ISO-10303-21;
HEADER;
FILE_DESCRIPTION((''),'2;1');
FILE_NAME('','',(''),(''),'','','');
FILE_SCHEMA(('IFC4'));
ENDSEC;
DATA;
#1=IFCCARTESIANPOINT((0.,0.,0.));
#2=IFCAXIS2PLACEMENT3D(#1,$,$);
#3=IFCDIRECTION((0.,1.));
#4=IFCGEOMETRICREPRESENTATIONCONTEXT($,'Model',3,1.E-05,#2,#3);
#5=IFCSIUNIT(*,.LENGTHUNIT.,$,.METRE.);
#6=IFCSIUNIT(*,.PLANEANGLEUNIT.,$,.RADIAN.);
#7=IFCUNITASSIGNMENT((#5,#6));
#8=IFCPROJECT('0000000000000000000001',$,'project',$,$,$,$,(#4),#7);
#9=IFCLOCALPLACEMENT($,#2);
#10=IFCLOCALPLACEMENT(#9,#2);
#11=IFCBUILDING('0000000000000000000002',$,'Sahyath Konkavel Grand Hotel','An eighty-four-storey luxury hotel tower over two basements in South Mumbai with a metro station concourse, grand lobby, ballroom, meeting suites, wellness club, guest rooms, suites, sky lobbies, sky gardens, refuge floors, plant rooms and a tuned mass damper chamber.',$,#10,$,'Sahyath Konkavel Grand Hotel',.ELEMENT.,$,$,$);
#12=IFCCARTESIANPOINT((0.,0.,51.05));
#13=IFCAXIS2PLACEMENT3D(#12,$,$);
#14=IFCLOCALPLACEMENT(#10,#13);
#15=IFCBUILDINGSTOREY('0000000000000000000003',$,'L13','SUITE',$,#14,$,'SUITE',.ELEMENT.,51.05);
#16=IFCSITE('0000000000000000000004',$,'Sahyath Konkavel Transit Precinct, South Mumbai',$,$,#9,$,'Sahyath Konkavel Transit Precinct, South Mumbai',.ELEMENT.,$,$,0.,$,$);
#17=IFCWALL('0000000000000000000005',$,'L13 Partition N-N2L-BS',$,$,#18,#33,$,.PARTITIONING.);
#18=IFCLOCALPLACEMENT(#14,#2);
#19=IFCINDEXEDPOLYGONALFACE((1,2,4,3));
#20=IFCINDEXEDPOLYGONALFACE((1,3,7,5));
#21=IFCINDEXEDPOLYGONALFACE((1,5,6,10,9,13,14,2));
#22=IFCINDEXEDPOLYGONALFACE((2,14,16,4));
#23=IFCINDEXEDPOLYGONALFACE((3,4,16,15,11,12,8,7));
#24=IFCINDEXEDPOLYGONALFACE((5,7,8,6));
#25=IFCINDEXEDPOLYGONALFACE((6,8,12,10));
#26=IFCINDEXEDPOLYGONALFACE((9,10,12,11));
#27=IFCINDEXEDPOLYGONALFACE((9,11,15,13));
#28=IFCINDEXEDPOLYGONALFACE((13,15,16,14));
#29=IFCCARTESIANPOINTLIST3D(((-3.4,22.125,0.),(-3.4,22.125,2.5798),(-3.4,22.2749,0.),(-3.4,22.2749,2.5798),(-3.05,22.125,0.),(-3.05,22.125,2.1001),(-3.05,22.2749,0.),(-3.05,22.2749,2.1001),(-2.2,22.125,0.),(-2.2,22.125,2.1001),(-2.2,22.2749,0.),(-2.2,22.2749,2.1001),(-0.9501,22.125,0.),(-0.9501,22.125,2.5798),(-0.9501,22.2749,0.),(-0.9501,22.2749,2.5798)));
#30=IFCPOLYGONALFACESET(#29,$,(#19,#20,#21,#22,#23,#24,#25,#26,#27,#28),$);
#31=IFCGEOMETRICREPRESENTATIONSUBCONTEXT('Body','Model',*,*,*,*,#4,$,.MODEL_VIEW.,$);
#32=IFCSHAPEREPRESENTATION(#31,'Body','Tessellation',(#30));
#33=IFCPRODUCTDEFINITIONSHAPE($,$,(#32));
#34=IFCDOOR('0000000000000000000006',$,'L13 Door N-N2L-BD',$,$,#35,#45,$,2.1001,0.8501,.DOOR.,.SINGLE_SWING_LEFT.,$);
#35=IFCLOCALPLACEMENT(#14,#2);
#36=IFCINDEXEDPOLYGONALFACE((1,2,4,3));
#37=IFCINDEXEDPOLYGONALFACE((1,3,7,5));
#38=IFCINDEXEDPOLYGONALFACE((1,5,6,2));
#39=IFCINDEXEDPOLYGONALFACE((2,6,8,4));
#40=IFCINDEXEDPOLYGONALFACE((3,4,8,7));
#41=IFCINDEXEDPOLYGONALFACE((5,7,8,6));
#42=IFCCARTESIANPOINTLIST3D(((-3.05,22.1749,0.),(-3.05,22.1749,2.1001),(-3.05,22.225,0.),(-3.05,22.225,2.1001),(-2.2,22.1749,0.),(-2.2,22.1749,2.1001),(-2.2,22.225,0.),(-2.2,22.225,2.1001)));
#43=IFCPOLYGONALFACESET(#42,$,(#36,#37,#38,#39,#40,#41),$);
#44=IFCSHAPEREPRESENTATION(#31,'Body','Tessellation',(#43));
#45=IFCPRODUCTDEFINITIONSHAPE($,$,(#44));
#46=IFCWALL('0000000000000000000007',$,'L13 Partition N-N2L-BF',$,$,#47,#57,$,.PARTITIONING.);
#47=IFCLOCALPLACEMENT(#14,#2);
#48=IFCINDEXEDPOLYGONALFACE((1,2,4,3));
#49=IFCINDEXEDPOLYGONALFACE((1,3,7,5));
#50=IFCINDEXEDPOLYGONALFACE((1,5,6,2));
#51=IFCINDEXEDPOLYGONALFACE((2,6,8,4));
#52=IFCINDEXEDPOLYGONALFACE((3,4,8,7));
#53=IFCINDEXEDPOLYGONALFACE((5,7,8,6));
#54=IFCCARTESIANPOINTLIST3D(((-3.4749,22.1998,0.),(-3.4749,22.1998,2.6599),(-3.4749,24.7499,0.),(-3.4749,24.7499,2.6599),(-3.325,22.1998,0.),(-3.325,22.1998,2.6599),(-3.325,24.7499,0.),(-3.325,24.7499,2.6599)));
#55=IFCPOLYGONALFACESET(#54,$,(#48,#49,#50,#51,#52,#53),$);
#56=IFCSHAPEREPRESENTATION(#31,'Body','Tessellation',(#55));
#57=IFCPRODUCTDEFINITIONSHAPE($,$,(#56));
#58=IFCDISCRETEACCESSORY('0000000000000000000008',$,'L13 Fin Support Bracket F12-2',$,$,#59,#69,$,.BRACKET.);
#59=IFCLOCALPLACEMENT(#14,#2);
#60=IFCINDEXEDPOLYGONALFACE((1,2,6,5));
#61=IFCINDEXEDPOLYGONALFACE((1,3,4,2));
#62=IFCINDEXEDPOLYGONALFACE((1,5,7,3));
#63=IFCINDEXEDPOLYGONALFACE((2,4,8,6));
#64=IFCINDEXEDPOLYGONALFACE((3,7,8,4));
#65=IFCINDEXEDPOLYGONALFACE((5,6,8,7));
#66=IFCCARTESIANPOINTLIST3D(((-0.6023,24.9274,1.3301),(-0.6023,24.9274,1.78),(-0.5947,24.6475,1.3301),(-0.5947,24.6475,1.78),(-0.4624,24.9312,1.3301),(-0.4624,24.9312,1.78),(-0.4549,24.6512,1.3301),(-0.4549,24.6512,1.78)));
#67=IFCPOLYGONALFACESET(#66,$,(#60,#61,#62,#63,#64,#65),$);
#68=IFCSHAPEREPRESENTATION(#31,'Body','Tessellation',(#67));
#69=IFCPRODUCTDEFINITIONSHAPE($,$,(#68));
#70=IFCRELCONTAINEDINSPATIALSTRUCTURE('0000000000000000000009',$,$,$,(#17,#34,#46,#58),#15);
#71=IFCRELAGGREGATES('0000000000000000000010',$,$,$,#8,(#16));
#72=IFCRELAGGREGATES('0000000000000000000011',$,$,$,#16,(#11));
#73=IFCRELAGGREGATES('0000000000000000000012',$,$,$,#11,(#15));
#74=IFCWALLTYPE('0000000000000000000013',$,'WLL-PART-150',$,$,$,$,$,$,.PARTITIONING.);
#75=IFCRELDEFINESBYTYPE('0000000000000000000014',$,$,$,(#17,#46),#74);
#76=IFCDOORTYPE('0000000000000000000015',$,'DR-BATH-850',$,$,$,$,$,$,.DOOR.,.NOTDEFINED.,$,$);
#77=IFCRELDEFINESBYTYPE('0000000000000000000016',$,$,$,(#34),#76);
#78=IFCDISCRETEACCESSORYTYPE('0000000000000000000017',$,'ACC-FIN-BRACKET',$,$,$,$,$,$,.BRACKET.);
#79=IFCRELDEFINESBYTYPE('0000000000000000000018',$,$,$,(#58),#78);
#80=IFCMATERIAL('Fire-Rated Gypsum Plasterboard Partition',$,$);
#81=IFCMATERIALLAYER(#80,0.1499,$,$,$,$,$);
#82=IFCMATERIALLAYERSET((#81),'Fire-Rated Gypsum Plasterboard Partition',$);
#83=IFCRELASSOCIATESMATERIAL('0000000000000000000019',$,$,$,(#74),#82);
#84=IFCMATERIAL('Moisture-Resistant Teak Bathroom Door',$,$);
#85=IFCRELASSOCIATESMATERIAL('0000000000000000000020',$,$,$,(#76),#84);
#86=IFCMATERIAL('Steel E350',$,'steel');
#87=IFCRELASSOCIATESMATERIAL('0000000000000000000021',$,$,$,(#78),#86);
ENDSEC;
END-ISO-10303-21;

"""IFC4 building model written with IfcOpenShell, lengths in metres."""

from ifc_helpers import new_model, si_unit, direction, frame, frame_2d, origin, origin_2d, place, context, subcontext, project, spatial, rectangle, extrude, source, transform, mapped, material, layer, layer_set, type_object, element, fill, save


model = new_model("IFC4")

# Units and contexts
model_context = context("Model", 3, precision=1e-05, world=origin(), true_north=direction((0.0, 1.0)))
body_context = subcontext(model_context, "Body", "Model", "MODEL_VIEW")
ifc_project = project(units=[si_unit("LENGTHUNIT", "METRE"), si_unit("PLANEANGLEUNIT", "RADIAN")], contexts=[model_context])

# Site, building, storey
site_placement = place(None, origin())
site = spatial("IfcSite", under=ifc_project, at=site_placement, Name="Sahyath Konkavel Transit Precinct, South Mumbai", LongName="Sahyath Konkavel Transit Precinct, South Mumbai", CompositionType="ELEMENT", RefElevation=0.0)
building_placement = place(site_placement, origin())
building = spatial("IfcBuilding", under=site, at=building_placement, Name="Sahyath Konkavel Grand Hotel", Description="An eighty-four-storey luxury hotel tower over two basements in South Mumbai with a metro station concourse, grand lobby, ballroom, meeting suites, wellness club, guest rooms, suites, sky lobbies, sky gardens, refuge floors, plant rooms and a tuned mass damper chamber.", LongName="Sahyath Konkavel Grand Hotel", CompositionType="ELEMENT")
storey_placement = place(building_placement, frame((0.0, 0.0, 51.05)))
storey = spatial("IfcBuildingStorey", under=building, at=storey_placement, Name="L13", Description="SUITE", LongName="SUITE", CompositionType="ELEMENT", Elevation=51.05)

# Shared definitions
ifc_material_1 = material(Name="Steel E350", Category="steel")

# Wall, opening, door
ifc_material_2 = material(Name="Fire-Rated Gypsum Plasterboard Partition")
ifc_layer_1 = layer(ifc_material_2, 0.1499)
ifc_layer_set_1 = layer_set([ifc_layer_1], Name="Fire-Rated Gypsum Plasterboard Partition")
wall_type_1 = type_object("IfcWallType", Name="WLL-PART-150", PredefinedType="PARTITIONING", material=ifc_layer_set_1)
wall_1_placement = place(storey_placement, frame((-0.95, 22.2, 0.0), z_axis=(0.0, 0.0, 1.0), x_axis=(-1.0, 0.0, 0.0)))
wall_1 = element("IfcWall", 1, at=wall_1_placement, inside=storey, type_object=wall_type_1, Name="L13 Partition N-N2L-BS", PredefinedType="PARTITIONING", context=body_context, shape_type="SweptSolid", body=[
    extrude(rectangle(XDim=2.45, YDim=0.1499, at=frame_2d((1.2251, 0.0))), origin(), (0.0, 0.0, 1.0), 2.5798),
])
opening_placement = place(wall_1_placement, frame((1.25, 0.0, 0.0)))
opening = element("IfcOpeningElement", 2, at=opening_placement, cuts=wall_1, PredefinedType="OPENING", context=body_context, shape_type="SweptSolid", body=[
    extrude(rectangle(XDim=0.8501, YDim=2.1001, at=frame_2d((0.425, 1.05))), frame((0.0, 0.085, 0.0), z_axis=(0.0, -1.0, 0.0), x_axis=(1.0, 0.0, 0.0)), (0.0, 0.0, 1.0), 0.1699),
])
ifc_material_3 = material(Name="Moisture-Resistant Teak Bathroom Door")
door_type = type_object("IfcDoorType", Name="DR-BATH-850", OperationType="NOTDEFINED", PredefinedType="DOOR", material=ifc_material_3)
shared_shape_1 = source(origin(), body_context, "Body", "SweptSolid", [
    extrude(rectangle(XDim=0.8501, YDim=0.05, at=origin_2d()), origin(), (0.0, 0.0, 1.0), 2.1001),
])
door_placement = place(opening_placement, frame((0.425, 0.0, 0.0)))
door = element("IfcDoor", 3, at=door_placement, inside=storey, type_object=door_type, Name="L13 Door N-N2L-BD", OperationType="SINGLE_SWING_LEFT", OverallHeight=2.1001, OverallWidth=0.8501, PredefinedType="DOOR", context=body_context, shape_type="MappedRepresentation", body=[
    mapped(shared_shape_1, transform((0.0, 0.0, 0.0), scale=1.0)),
])
fill(opening, door)

# Wall
wall_2_placement = place(storey_placement, frame((-3.3999, 22.2, 0.0), z_axis=(0.0, 0.0, 1.0), x_axis=(0.0, 1.0, 0.0)))
element("IfcWall", 4, at=wall_2_placement, inside=storey, type_object=wall_type_1, Name="L13 Partition N-N2L-BF", PredefinedType="PARTITIONING", context=body_context, shape_type="SweptSolid", body=[
    extrude(rectangle(XDim=2.55, YDim=0.1499, at=frame_2d((1.2749, 0.0))), origin(), (0.0, 0.0, 1.0), 2.6599),
])

# Discrete accessory
discrete_accessory_type = type_object("IfcDiscreteAccessoryType", Name="ACC-FIN-BRACKET", PredefinedType="BRACKET", material=ifc_material_1)
shared_shape_2 = source(origin(), body_context, "Body", "SweptSolid", [
    extrude(rectangle(XDim=0.28, YDim=0.1399, at=origin_2d()), origin(), (0.0, 0.0, 1.0), 0.45),
])
discrete_accessory_placement = place(storey_placement, frame((-0.5286, 24.7893, 1.3301), z_axis=(0.0, 0.0, 1.0), x_axis=(-0.02691, 0.999638, 0.0)))
element("IfcDiscreteAccessory", 5, at=discrete_accessory_placement, inside=storey, type_object=discrete_accessory_type, Name="L13 Fin Support Bracket F12-2", PredefinedType="BRACKET", context=body_context, shape_type="MappedRepresentation", body=[
    mapped(shared_shape_2, transform((0.0, 0.0, 0.0), scale=1.0)),
])

save(model, "model.ifc")
